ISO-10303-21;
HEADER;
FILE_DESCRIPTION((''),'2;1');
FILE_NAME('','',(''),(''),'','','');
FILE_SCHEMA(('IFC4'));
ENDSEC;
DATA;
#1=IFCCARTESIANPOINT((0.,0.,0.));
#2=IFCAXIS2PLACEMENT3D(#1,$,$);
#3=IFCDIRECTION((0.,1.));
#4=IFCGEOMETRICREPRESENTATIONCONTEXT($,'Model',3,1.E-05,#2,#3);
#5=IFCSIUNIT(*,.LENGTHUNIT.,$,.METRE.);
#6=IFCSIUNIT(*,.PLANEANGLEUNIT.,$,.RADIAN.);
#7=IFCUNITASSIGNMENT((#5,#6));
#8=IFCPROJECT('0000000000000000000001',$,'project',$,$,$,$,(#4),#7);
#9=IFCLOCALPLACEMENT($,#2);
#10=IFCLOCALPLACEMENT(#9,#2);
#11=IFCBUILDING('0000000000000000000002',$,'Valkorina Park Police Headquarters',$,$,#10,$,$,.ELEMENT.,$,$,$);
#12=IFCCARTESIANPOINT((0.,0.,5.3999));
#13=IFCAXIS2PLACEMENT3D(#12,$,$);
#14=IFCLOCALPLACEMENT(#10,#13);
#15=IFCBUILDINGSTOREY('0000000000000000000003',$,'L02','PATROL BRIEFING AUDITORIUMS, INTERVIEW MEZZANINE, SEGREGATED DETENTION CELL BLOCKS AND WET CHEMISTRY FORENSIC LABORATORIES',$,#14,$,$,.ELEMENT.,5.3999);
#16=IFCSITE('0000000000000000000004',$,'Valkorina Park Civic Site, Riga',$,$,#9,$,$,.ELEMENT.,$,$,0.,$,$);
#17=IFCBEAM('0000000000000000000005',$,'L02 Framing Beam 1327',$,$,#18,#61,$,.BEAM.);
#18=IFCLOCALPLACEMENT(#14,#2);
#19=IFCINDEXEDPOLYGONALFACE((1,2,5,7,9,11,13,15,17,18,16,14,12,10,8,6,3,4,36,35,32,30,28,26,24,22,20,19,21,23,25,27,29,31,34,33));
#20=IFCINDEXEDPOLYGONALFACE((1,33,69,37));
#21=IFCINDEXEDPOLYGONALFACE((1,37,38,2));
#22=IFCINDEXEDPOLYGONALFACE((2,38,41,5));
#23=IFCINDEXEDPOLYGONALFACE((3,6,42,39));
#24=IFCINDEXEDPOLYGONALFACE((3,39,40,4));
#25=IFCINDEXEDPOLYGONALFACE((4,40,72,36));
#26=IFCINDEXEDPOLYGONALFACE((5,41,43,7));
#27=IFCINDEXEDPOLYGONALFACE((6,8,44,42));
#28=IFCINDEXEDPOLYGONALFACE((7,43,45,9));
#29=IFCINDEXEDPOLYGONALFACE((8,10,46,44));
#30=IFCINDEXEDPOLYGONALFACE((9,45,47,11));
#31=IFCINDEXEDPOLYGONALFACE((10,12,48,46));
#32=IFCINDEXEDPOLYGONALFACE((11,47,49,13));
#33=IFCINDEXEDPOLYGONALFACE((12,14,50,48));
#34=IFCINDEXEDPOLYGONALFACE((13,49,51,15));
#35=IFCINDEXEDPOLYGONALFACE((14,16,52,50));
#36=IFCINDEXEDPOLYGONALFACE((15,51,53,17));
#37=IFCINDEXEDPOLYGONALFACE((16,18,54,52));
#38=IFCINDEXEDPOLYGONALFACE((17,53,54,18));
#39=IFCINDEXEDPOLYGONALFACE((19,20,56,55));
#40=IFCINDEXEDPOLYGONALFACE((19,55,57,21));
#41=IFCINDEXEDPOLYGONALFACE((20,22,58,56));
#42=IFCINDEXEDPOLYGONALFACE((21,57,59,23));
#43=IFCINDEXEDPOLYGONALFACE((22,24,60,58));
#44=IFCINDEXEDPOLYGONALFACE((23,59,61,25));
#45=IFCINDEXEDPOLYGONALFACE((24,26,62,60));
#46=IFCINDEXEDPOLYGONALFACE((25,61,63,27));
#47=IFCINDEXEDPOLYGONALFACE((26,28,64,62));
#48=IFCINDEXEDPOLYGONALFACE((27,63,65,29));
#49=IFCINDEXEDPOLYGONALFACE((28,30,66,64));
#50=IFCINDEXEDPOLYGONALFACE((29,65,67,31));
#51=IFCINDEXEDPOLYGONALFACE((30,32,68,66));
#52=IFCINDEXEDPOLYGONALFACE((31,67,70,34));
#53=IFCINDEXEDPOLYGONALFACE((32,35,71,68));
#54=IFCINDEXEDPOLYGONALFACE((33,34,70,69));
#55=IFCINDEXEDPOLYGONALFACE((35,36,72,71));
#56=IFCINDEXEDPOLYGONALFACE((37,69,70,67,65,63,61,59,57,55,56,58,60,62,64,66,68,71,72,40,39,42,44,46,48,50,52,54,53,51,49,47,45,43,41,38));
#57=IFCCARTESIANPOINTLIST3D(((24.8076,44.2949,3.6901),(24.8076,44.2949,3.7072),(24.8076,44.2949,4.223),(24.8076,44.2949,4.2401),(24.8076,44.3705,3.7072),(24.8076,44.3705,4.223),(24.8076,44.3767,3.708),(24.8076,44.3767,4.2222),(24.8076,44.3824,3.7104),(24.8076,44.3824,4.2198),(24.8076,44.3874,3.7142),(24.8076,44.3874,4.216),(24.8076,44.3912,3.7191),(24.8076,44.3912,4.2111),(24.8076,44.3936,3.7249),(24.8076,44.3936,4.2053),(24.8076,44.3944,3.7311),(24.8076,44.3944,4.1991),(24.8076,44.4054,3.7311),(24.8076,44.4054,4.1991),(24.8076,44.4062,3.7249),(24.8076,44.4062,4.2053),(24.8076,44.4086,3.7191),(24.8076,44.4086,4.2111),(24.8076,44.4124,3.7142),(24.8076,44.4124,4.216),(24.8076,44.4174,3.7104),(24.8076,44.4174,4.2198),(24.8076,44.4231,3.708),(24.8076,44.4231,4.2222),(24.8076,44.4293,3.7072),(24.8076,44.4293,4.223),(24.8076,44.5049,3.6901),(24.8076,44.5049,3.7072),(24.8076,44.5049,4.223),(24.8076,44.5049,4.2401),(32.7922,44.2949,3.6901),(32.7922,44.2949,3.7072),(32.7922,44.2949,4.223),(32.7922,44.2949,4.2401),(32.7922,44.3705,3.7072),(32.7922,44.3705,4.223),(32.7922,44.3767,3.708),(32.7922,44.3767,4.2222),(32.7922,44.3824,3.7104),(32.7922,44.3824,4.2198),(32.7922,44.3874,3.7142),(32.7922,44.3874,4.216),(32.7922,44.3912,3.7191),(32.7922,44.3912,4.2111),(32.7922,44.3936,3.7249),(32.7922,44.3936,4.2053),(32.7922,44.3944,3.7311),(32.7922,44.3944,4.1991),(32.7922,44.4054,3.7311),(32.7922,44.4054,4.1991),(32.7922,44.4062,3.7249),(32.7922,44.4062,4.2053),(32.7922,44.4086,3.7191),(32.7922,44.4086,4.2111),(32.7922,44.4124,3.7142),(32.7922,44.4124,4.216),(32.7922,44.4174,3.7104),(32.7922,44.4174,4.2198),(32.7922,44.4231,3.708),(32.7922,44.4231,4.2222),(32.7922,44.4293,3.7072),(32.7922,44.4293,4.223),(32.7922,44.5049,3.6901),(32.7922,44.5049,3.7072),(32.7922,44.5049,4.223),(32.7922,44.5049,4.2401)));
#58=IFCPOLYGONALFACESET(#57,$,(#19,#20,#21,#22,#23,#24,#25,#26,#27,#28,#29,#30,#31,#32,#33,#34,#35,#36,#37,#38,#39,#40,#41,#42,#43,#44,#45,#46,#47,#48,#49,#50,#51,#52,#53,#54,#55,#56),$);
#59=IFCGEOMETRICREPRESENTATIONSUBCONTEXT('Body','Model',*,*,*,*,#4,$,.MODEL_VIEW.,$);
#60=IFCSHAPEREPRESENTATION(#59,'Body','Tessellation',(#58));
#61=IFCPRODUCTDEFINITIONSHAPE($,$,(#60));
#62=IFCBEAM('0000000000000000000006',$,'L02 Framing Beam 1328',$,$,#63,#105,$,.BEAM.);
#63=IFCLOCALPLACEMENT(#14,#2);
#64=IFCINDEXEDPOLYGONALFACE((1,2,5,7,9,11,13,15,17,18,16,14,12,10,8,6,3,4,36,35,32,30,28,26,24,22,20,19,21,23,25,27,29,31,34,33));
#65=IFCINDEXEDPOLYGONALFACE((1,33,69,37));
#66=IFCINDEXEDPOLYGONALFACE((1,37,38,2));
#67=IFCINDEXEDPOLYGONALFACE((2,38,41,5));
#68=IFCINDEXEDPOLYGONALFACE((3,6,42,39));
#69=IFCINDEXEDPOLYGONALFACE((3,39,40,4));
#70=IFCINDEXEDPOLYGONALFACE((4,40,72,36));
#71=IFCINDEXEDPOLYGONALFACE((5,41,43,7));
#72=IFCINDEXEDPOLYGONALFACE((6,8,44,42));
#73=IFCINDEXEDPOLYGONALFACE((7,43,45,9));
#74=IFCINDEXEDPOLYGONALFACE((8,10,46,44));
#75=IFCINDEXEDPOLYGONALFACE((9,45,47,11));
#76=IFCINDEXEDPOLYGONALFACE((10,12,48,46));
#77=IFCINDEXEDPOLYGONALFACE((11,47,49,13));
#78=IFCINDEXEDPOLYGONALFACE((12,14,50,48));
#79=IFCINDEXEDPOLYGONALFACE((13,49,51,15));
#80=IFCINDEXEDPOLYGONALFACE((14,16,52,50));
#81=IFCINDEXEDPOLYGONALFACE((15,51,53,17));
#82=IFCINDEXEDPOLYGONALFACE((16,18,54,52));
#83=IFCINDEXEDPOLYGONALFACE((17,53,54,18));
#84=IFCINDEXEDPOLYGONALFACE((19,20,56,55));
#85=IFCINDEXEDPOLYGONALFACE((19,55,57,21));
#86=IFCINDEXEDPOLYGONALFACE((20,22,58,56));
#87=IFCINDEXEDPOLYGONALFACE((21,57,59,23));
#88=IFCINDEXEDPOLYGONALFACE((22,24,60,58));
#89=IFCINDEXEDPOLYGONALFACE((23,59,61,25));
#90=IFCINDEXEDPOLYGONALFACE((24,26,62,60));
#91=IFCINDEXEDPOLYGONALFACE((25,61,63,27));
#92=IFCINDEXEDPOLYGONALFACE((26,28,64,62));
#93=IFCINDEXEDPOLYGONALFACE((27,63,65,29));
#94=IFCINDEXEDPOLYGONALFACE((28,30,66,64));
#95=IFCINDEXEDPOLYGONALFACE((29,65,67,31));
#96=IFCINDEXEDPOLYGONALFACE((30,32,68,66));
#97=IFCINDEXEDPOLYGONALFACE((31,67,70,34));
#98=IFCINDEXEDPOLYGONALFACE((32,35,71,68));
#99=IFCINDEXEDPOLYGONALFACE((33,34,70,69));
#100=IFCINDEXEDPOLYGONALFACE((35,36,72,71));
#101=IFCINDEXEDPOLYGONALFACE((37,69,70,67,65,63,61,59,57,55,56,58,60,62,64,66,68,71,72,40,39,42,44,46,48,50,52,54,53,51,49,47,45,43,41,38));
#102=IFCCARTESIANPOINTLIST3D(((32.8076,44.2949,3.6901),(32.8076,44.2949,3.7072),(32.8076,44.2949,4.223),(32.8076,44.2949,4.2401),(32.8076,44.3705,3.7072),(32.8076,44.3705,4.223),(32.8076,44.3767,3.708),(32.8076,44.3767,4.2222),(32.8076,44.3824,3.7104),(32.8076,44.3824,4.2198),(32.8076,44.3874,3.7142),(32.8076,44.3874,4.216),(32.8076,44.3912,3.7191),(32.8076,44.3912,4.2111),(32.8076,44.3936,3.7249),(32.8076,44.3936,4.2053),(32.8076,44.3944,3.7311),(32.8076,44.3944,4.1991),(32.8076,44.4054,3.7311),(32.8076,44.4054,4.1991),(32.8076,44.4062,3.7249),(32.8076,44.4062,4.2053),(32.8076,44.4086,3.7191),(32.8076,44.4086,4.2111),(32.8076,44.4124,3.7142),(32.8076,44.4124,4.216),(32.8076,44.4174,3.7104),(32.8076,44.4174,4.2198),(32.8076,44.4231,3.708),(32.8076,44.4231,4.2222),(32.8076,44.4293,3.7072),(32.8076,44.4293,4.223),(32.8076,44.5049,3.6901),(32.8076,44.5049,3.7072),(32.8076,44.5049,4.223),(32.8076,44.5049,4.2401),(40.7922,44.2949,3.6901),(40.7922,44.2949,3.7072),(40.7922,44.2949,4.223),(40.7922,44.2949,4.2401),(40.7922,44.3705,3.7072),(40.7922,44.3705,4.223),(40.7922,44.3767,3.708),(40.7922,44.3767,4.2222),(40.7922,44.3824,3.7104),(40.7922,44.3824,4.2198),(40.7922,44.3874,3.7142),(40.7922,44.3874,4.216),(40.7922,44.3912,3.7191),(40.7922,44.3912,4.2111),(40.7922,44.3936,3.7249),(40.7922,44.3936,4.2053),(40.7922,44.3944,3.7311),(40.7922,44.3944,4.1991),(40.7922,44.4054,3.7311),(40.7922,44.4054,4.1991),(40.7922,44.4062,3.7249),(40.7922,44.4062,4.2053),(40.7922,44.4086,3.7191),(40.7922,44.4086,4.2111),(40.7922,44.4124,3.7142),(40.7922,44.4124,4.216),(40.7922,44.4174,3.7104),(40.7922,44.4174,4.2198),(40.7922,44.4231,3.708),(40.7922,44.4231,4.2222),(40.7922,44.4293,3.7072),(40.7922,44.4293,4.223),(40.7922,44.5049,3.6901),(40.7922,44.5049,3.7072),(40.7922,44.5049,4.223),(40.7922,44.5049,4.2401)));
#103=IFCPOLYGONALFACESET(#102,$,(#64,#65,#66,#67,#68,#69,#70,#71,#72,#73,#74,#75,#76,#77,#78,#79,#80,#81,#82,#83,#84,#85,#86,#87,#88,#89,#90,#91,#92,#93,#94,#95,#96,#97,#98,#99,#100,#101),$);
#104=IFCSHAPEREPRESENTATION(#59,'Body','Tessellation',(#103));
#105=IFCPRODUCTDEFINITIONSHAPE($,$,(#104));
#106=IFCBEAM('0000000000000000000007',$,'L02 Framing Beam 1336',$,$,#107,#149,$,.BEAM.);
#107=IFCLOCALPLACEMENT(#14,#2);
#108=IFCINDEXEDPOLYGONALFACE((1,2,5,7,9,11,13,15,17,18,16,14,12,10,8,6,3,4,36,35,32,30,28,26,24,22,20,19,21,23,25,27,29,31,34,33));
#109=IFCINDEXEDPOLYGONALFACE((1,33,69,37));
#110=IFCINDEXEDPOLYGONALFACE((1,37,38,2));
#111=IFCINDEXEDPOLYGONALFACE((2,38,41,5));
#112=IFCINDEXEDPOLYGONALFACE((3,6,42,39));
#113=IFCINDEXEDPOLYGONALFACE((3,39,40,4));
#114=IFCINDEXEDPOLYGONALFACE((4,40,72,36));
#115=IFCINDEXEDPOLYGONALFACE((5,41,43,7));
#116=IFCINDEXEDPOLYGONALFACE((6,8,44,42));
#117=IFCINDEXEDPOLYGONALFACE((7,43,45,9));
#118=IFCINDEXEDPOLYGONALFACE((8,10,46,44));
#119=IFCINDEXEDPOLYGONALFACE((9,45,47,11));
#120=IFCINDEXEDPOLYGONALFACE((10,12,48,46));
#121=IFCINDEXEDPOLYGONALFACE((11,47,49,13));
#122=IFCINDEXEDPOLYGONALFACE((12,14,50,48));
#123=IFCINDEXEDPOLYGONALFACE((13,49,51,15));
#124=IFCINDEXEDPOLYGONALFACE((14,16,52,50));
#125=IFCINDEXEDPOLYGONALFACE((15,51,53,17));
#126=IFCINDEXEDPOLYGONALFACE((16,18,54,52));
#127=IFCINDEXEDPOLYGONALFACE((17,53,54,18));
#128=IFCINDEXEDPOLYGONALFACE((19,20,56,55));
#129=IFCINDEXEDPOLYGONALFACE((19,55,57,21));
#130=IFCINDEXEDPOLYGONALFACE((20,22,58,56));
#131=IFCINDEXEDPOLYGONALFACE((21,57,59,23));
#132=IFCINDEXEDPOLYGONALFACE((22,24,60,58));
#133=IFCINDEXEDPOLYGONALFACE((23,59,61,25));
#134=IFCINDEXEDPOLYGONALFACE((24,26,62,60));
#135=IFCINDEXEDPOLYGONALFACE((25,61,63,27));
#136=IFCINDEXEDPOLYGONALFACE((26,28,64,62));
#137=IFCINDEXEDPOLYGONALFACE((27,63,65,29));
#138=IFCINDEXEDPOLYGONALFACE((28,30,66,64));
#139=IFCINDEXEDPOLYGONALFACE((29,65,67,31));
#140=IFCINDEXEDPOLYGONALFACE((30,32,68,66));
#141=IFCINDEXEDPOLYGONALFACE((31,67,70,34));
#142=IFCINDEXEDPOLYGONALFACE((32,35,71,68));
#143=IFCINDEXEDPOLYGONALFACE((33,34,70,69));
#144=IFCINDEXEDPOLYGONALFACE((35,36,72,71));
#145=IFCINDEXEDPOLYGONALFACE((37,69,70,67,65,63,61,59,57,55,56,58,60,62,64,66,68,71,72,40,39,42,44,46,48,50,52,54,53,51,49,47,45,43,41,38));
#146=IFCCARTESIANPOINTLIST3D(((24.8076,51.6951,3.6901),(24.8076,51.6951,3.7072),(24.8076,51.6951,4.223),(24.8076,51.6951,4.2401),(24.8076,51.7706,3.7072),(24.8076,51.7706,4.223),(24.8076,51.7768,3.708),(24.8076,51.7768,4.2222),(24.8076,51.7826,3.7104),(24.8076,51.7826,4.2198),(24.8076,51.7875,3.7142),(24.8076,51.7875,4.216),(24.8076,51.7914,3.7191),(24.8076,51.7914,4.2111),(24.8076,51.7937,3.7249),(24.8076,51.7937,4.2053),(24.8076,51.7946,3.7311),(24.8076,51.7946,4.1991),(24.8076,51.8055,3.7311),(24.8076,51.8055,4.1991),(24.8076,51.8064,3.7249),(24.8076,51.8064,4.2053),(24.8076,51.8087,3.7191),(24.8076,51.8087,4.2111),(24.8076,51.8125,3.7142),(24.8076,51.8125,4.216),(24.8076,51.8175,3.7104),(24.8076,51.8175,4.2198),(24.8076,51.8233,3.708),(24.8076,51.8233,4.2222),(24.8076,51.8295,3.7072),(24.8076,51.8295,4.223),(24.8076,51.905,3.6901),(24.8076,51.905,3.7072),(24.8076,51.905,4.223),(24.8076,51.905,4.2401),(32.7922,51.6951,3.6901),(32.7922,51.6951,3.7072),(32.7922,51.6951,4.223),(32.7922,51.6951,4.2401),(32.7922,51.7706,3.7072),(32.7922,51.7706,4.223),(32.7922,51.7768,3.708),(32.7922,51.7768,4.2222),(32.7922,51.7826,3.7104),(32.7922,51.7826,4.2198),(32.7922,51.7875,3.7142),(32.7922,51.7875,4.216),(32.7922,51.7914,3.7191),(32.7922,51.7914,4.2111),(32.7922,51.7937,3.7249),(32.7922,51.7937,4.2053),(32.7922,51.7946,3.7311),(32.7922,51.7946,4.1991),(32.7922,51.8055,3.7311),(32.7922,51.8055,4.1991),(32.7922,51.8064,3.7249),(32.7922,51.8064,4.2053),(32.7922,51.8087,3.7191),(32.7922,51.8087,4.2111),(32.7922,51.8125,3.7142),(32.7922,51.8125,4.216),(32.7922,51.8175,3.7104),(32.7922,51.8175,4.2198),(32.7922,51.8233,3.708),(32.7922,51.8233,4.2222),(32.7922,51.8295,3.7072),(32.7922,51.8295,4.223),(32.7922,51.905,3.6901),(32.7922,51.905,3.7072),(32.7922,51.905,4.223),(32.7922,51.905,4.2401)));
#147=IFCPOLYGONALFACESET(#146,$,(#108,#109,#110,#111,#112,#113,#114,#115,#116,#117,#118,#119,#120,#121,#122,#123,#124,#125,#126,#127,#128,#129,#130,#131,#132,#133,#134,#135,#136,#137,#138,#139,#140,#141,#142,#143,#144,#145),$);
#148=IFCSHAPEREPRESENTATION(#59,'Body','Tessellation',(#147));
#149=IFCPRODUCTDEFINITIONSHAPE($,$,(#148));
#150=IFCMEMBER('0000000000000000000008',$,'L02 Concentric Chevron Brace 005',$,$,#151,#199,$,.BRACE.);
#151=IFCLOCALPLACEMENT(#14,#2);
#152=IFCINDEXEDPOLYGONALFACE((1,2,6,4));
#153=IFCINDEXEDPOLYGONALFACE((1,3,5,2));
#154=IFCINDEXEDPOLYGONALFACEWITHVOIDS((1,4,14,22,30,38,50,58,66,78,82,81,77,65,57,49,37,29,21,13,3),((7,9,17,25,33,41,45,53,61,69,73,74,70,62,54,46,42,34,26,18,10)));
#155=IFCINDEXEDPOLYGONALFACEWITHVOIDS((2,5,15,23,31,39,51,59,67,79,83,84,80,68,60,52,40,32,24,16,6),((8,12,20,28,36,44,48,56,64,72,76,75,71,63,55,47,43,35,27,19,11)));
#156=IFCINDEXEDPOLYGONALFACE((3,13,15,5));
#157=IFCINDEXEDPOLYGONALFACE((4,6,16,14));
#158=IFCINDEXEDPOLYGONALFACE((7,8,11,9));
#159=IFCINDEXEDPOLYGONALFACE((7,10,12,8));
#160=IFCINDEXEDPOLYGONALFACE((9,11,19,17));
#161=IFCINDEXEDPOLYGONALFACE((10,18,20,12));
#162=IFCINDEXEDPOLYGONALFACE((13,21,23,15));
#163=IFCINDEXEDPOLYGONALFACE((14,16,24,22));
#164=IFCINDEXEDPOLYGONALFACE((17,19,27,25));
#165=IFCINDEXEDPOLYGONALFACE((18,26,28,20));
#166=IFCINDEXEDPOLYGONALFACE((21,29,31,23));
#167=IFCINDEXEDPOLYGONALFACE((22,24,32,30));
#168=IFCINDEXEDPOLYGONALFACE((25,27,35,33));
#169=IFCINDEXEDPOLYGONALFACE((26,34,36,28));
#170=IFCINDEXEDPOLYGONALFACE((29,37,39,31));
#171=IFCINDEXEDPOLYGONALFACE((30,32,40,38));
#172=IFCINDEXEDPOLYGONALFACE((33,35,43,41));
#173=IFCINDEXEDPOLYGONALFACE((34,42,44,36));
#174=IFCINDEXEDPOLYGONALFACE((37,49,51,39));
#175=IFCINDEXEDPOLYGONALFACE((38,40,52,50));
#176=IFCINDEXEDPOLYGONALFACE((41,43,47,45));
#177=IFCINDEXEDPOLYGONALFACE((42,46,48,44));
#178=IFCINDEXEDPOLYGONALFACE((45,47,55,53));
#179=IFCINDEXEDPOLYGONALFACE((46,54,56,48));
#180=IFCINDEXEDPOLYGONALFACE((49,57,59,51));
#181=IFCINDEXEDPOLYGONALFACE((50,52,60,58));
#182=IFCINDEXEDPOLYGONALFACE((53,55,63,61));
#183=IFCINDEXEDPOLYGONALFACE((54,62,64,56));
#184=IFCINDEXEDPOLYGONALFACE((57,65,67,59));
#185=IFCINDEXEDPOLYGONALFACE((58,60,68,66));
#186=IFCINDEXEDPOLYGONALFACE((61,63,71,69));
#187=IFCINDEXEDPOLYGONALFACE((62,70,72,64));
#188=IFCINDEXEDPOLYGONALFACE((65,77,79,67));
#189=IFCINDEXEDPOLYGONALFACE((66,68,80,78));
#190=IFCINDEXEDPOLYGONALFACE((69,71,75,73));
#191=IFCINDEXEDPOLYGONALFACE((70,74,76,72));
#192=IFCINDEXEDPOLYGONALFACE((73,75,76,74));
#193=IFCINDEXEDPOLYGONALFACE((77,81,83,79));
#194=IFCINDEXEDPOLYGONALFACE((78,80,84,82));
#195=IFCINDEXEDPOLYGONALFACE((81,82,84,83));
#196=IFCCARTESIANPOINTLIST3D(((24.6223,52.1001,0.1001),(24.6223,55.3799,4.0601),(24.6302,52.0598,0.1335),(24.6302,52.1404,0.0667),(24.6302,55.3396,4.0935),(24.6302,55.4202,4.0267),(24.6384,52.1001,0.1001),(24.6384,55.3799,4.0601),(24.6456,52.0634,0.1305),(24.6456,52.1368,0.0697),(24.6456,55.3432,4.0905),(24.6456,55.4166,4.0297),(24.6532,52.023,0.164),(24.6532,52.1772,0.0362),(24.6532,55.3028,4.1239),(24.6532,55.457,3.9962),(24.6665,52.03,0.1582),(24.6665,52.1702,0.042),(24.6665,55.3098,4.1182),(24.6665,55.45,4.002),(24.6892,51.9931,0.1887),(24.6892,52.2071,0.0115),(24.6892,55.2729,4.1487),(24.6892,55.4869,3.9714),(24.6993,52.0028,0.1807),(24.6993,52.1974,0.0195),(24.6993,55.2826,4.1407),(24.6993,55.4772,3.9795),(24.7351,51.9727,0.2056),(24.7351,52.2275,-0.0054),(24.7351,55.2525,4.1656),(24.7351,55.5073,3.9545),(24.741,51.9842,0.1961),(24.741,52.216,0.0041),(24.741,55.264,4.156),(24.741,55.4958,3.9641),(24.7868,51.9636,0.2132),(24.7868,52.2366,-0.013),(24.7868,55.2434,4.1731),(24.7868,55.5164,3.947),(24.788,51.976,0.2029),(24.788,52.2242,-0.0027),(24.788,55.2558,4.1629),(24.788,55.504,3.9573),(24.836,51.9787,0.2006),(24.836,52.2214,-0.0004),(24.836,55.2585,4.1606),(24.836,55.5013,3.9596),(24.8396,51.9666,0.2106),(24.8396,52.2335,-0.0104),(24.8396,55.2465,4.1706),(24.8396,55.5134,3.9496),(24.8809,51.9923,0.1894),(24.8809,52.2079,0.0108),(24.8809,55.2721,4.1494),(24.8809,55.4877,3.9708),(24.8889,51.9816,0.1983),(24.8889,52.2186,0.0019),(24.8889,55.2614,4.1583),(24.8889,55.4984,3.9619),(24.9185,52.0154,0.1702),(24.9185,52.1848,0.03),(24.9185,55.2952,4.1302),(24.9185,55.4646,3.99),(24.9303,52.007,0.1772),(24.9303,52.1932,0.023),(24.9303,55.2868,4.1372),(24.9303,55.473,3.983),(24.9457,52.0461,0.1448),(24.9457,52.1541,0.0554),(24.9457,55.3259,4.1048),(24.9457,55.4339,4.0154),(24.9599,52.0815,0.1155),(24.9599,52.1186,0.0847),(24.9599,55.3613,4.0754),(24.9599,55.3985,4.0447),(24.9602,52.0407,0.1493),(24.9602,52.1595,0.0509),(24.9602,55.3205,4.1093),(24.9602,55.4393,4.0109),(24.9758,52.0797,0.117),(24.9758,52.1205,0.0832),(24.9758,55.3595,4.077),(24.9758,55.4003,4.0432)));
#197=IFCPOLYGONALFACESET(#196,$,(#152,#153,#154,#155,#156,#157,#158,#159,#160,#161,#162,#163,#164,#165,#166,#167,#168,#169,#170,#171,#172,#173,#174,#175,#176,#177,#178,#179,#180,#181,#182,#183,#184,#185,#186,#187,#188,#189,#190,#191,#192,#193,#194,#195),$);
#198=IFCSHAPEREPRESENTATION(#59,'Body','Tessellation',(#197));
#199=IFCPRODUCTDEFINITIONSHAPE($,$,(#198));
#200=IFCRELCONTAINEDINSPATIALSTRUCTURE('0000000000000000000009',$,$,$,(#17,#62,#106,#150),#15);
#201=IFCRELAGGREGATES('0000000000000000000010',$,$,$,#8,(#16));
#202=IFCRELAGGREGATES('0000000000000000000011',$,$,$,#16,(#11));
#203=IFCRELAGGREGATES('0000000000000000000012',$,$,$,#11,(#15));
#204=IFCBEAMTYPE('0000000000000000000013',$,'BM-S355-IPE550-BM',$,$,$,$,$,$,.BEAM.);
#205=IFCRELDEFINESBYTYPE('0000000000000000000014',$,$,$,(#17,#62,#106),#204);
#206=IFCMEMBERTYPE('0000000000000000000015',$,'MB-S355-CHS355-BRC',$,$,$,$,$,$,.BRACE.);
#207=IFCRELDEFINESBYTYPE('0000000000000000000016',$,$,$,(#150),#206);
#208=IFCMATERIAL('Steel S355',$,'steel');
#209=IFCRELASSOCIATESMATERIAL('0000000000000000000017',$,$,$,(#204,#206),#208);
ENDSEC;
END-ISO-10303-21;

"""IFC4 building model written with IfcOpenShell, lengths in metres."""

from ifc_helpers import new_model, si_unit, direction, frame, origin, origin_2d, place, context, subcontext, project, spatial, hollow_circle, i_section, extrude, material, material_profile, profile_set, type_object, element, save


model = new_model("IFC4")

# Units and contexts
model_context = context("Model", 3, precision=1e-05, world=origin(), true_north=direction((0.0, 1.0)))
body_context = subcontext(model_context, "Body", "Model", "MODEL_VIEW")
ifc_project = project(units=[si_unit("LENGTHUNIT", "METRE"), si_unit("PLANEANGLEUNIT", "RADIAN")], contexts=[model_context])

# Site, building, storey
site_placement = place(None, origin())
site = spatial("IfcSite", under=ifc_project, at=site_placement, Name="Valkorina Park Civic Site, Riga", CompositionType="ELEMENT", RefElevation=0.0)
building_placement = place(site_placement, origin())
building = spatial("IfcBuilding", under=site, at=building_placement, Name="Valkorina Park Police Headquarters", CompositionType="ELEMENT")
storey_placement = place(building_placement, frame((0.0, 0.0, 5.3999)))
storey = spatial("IfcBuildingStorey", under=building, at=storey_placement, Name="L02", Description="PATROL BRIEFING AUDITORIUMS, INTERVIEW MEZZANINE, SEGREGATED DETENTION CELL BLOCKS AND WET CHEMISTRY FORENSIC LABORATORIES", CompositionType="ELEMENT", Elevation=5.3999)

# Shared definitions
ifc_material_1 = material(Name="Steel S355", Category="steel")

# Beams
ifc_material_profile_1 = material_profile(ifc_material_1, i_section(OverallWidth=0.21, OverallDepth=0.55, WebThickness=0.011, FlangeThickness=0.0171, FilletRadius=0.0239, at=origin_2d()), Name="IPE 550")
ifc_profile_set_1 = profile_set([ifc_material_profile_1], Name="Steel S355")
beam_type_1 = type_object("IfcBeamType", Name="BM-S355-IPE550-BM", PredefinedType="BEAM", material=ifc_profile_set_1)
for number, where, z_axis, x_axis, name in (
    (1, (24.8076, 44.3999, 3.9651), (1.0, 0.0, 0.0), (0.0, 1.0, 0.0), "L02 Framing Beam 1327"),
    (2, (32.8076, 44.3999, 3.9651), (1.0, 0.0, 0.0), (0.0, 1.0, 0.0), "L02 Framing Beam 1328"),
    (3, (24.8076, 51.8, 3.9651), (1.0, 0.0, 0.0), (0.0, 1.0, 0.0), "L02 Framing Beam 1336"),
):
    element("IfcBeam", number, at=place(storey_placement, frame(where, z_axis=z_axis, x_axis=x_axis)), inside=storey, type_object=beam_type_1, Name=name, PredefinedType="BEAM", context=body_context, shape_type="SweptSolid", body=[
        extrude(i_section(OverallWidth=0.21, OverallDepth=0.55, WebThickness=0.011, FlangeThickness=0.0171, FilletRadius=0.0239, at=origin_2d()), origin(), (0.0, 0.0, 1.0), 7.9846),
    ])

# Member
ifc_material_profile_2 = material_profile(ifc_material_1, hollow_circle(Radius=0.1777, WallThickness=0.0161, at=origin_2d()), Name="CHS 355.6x16")
ifc_profile_set_2 = profile_set([ifc_material_profile_2], Name="Steel S355")
member_type = type_object("IfcMemberType", Name="MB-S355-CHS355-BRC", PredefinedType="BRACE", material=ifc_profile_set_2)
member_placement = place(storey_placement, frame((24.8, 52.1001, 0.1001), z_axis=(0.0, 0.637865, 0.770148), x_axis=(-1.0, 0.0, 0.0)))
element("IfcMember", 4, at=member_placement, inside=storey, type_object=member_type, Name="L02 Concentric Chevron Brace 005", PredefinedType="BRACE", context=body_context, shape_type="SweptSolid", body=[
    extrude(hollow_circle(Radius=0.1777, WallThickness=0.0161, at=origin_2d()), origin(), (0.0, 0.0, 1.0), 5.1418),
])

save(model, "model.ifc")
